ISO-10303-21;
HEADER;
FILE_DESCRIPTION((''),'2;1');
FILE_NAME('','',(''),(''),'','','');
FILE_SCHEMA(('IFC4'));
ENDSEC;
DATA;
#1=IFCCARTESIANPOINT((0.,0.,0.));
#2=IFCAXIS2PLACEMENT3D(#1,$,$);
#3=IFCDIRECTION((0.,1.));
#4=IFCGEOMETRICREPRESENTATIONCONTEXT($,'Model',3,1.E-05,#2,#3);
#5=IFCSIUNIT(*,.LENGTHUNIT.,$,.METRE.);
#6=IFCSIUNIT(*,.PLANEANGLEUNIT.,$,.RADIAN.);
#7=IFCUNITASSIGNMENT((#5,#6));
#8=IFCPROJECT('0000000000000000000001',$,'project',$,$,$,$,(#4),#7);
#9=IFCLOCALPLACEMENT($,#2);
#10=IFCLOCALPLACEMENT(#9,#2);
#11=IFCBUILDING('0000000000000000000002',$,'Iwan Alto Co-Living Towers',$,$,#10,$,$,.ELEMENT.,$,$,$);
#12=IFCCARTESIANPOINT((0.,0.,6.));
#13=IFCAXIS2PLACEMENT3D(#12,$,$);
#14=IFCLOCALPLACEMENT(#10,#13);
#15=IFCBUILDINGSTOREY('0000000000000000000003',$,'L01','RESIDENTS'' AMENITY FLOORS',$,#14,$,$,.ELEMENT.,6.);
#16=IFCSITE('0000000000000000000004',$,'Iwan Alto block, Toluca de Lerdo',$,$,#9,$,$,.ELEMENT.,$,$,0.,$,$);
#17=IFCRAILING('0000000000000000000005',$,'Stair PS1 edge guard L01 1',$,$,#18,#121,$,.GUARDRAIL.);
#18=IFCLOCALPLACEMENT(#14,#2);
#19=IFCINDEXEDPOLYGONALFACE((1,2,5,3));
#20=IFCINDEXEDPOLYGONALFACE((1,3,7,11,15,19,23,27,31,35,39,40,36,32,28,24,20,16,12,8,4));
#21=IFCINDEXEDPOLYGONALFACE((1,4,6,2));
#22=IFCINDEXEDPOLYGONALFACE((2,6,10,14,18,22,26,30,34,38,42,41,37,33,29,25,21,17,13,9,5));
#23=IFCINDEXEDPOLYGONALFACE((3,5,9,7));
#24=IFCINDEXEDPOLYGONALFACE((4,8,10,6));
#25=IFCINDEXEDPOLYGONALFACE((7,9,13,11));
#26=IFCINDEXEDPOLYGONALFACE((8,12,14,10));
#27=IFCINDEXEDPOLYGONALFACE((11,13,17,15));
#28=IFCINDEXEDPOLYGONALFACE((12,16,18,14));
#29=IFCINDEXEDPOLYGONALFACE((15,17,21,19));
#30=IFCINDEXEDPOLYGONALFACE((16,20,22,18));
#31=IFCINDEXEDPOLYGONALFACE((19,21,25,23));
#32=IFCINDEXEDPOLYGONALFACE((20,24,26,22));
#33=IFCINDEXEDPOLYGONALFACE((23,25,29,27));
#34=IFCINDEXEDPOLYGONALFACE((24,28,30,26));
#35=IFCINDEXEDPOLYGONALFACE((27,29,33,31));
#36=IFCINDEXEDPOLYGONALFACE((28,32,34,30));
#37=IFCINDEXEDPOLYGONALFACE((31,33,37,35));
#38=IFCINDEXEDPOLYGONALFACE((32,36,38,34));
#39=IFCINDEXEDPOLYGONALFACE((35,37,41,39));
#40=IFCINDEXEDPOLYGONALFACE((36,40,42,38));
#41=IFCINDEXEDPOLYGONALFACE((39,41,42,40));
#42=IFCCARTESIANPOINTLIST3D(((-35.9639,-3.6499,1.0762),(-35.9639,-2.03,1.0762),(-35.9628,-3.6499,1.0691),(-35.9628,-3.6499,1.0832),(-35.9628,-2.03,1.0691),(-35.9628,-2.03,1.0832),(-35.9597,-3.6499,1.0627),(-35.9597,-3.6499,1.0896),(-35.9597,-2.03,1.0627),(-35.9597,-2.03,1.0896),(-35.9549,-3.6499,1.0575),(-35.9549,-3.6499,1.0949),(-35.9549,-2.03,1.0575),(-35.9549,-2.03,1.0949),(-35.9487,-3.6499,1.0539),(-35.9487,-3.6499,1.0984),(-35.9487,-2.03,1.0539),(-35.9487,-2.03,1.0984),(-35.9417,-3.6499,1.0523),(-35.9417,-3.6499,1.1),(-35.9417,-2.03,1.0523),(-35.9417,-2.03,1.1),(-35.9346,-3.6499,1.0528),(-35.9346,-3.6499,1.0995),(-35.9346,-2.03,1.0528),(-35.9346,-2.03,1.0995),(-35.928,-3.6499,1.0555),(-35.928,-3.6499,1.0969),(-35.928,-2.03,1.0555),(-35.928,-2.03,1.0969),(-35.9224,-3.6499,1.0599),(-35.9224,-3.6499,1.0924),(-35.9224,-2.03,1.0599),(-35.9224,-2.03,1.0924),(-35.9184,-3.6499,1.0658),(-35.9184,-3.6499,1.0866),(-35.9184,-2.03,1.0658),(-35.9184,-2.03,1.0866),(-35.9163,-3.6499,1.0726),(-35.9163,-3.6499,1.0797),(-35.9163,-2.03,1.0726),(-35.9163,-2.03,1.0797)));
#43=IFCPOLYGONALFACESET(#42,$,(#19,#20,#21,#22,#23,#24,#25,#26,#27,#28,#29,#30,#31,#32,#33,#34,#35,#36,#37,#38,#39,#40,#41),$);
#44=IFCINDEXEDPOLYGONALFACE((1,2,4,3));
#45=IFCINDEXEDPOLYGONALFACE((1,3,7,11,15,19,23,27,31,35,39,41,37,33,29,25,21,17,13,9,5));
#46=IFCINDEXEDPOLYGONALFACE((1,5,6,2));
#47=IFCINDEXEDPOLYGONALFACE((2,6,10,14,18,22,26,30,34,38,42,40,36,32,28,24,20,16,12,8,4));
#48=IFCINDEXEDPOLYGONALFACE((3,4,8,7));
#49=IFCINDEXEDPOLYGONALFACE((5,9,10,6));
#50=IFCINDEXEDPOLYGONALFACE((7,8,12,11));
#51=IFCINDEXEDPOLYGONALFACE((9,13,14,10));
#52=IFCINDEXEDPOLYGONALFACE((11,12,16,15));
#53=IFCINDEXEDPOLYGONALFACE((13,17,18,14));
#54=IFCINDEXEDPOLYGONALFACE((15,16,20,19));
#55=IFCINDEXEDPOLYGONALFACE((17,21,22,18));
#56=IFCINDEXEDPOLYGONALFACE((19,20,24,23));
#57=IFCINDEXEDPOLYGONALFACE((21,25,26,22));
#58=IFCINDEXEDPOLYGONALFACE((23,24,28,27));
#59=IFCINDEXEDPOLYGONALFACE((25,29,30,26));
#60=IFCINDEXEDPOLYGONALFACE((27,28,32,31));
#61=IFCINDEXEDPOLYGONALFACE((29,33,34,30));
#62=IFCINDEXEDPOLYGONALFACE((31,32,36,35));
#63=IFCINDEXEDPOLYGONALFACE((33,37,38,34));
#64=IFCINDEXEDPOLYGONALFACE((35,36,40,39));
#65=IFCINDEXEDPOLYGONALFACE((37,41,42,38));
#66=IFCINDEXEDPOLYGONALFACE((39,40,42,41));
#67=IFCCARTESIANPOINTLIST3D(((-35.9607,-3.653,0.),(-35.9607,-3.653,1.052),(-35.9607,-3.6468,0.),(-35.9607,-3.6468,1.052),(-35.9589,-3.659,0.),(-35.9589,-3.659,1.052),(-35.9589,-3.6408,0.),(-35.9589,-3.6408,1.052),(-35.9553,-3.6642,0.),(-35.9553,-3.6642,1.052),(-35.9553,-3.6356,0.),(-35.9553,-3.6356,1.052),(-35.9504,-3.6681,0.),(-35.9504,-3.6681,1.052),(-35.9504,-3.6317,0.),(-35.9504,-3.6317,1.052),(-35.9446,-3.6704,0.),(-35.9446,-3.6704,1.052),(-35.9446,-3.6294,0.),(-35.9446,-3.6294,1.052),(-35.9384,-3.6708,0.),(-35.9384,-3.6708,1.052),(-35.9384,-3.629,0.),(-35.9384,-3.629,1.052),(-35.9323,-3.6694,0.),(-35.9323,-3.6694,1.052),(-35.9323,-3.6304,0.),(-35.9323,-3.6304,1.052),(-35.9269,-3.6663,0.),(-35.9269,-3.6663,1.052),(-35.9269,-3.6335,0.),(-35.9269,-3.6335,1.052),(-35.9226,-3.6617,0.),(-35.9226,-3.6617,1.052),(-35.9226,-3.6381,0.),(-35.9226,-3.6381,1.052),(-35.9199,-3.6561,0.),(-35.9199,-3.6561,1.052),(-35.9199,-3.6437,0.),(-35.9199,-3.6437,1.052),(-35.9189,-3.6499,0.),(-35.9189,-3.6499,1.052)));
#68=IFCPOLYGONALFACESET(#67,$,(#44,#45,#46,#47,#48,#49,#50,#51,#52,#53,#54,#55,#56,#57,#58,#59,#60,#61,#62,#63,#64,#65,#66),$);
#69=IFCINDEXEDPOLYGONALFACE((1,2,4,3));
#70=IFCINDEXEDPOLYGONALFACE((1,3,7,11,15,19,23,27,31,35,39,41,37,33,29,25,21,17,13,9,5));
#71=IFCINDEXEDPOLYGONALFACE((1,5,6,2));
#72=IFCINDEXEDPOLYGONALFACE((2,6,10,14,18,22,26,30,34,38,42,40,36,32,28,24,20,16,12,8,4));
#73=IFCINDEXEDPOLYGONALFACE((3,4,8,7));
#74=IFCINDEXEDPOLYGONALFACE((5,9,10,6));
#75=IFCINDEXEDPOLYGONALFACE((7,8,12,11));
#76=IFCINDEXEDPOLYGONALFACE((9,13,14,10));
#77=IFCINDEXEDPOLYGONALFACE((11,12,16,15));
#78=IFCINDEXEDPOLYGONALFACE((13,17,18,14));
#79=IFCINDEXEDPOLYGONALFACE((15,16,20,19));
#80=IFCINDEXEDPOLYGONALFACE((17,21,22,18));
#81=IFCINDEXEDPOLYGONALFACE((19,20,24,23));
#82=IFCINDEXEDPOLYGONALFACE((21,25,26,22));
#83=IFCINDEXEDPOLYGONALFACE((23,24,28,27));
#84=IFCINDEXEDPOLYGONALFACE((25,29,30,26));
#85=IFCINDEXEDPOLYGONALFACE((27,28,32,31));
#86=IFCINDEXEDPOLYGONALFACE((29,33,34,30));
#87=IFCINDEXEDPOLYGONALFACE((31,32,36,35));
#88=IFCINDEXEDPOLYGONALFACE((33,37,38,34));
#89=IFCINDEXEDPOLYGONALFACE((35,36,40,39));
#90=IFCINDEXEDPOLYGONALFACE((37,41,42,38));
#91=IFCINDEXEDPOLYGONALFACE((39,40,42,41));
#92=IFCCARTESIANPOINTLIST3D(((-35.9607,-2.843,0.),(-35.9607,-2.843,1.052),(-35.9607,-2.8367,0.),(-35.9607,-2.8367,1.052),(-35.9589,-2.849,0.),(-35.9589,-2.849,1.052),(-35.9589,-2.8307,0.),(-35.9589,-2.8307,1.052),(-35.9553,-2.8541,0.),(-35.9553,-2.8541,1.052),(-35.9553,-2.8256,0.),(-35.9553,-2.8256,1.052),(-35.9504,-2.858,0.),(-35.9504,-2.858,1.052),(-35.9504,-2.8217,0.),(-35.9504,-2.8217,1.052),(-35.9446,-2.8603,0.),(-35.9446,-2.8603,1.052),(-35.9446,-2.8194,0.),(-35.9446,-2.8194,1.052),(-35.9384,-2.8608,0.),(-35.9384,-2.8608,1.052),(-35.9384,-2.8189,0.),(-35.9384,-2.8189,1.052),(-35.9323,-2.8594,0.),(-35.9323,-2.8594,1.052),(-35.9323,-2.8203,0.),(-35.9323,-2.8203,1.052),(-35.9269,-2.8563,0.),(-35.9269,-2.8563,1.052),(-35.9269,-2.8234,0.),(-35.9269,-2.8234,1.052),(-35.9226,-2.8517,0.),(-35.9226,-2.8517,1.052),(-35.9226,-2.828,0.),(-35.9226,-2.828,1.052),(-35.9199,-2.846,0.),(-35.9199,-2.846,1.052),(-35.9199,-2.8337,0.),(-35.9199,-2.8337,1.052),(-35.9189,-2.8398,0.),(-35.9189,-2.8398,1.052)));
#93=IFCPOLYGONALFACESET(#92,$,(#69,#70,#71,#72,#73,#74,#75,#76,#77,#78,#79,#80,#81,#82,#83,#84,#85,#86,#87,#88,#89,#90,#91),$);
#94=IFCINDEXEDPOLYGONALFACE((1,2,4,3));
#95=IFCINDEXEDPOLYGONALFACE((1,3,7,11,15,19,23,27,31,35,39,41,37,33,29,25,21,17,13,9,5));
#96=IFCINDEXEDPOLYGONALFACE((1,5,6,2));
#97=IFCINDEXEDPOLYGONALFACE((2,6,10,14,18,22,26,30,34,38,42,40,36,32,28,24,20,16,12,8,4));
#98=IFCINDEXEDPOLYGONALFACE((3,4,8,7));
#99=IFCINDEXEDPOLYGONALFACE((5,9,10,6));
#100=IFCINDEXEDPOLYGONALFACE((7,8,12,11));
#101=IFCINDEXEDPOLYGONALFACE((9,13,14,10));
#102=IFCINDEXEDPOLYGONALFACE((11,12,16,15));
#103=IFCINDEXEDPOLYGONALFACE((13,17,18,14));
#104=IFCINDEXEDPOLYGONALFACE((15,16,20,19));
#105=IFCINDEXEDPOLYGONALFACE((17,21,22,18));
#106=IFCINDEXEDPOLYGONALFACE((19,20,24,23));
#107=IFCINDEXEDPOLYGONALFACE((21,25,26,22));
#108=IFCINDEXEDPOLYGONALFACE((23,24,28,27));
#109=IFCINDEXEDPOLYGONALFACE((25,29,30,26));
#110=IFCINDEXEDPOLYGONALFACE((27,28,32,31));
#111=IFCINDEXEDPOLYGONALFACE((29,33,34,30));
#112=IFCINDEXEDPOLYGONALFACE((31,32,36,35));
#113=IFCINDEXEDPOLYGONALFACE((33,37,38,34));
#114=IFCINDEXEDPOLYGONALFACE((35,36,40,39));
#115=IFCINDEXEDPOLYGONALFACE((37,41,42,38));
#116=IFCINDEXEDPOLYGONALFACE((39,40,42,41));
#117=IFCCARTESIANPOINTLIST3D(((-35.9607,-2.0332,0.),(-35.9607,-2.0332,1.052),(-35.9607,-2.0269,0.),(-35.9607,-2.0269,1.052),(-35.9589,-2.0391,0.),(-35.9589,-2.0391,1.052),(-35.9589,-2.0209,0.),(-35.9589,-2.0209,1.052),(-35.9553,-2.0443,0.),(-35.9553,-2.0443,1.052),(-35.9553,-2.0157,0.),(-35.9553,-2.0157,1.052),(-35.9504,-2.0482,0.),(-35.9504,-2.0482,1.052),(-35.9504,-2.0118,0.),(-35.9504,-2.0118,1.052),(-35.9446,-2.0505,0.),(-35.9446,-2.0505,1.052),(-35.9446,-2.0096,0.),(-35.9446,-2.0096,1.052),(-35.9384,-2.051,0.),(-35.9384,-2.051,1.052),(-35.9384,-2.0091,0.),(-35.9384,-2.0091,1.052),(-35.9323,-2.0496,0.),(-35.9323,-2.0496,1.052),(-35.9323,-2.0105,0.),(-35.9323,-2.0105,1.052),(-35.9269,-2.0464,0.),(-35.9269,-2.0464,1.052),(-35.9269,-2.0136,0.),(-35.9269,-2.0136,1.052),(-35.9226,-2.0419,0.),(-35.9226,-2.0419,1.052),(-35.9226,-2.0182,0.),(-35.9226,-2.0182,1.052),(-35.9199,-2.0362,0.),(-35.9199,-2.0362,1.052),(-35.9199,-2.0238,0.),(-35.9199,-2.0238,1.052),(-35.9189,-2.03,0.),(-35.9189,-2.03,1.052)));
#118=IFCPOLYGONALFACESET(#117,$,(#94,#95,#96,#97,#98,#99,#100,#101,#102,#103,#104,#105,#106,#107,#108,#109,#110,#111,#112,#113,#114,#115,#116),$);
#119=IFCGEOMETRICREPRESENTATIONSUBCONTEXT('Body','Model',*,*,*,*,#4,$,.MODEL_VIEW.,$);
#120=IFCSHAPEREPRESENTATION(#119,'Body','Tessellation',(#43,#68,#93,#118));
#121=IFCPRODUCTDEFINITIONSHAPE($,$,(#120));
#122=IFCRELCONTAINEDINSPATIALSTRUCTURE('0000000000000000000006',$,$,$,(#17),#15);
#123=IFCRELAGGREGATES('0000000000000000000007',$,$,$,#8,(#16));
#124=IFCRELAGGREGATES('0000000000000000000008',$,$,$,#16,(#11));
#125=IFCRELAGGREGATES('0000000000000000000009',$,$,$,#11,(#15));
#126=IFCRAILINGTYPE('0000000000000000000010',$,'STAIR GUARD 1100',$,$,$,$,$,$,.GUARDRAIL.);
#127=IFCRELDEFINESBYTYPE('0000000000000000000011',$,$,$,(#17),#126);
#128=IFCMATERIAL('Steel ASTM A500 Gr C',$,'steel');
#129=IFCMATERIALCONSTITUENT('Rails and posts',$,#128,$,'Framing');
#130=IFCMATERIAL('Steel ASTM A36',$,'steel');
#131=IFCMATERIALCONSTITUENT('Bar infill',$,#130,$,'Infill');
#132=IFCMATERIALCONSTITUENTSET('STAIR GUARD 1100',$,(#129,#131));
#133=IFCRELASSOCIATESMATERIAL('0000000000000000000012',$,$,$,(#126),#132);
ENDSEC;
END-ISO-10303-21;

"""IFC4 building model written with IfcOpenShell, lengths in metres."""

from ifc_helpers import new_model, si_unit, direction, frame, origin, origin_2d, place, context, subcontext, project, spatial, circle, extrude, material, constituent, constituent_set, type_object, element, save


model = new_model("IFC4")

# Units and contexts
model_context = context("Model", 3, precision=1e-05, world=origin(), true_north=direction((0.0, 1.0)))
body_context = subcontext(model_context, "Body", "Model", "MODEL_VIEW")
ifc_project = project(units=[si_unit("LENGTHUNIT", "METRE"), si_unit("PLANEANGLEUNIT", "RADIAN")], contexts=[model_context])

# Site, building, storey
site_placement = place(None, origin())
site = spatial("IfcSite", under=ifc_project, at=site_placement, Name="Iwan Alto block, Toluca de Lerdo", CompositionType="ELEMENT", RefElevation=0.0)
building_placement = place(site_placement, origin())
building = spatial("IfcBuilding", under=site, at=building_placement, Name="Iwan Alto Co-Living Towers", CompositionType="ELEMENT")
storey_placement = place(building_placement, frame((0.0, 0.0, 6.0)))
storey = spatial("IfcBuildingStorey", under=building, at=storey_placement, Name="L01", Description="RESIDENTS' AMENITY FLOORS", CompositionType="ELEMENT", Elevation=6.0)

# Shared definitions
ifc_material_1 = material(Name="Steel ASTM A36", Category="steel")

# Railing
ifc_material_2 = material(Name="Steel ASTM A500 Gr C", Category="steel")
ifc_constituent_1 = constituent(ifc_material_2, Name="Rails and posts", Category="Framing")
ifc_constituent_2 = constituent(ifc_material_1, Name="Bar infill", Category="Infill")
ifc_constituent_set_1 = constituent_set(constituents=[ifc_constituent_1, ifc_constituent_2], Name="STAIR GUARD 1100")
railing_type_1 = type_object("IfcRailingType", Name="STAIR GUARD 1100", PredefinedType="GUARDRAIL", material=ifc_constituent_set_1)
railing_1_placement = place(storey_placement, frame((-35.9399, -3.6499, 0.0)))
element("IfcRailing", 1, at=railing_1_placement, inside=storey, type_object=railing_type_1, Name="Stair PS1 edge guard L01 1", PredefinedType="GUARDRAIL", context=body_context, shape_type="SweptSolid", body=[
    extrude(circle(Radius=0.0239, at=origin_2d()), frame((0.0, 0.0, 1.0762), z_axis=(0.0, 1.0, 0.0), x_axis=(-1.0, 0.0, 0.0)), (0.0, 0.0, 1.0), 1.6199),
    extrude(circle(Radius=0.021, at=origin_2d()), origin(), (0.0, 0.0, 1.0), 1.052),
    extrude(circle(Radius=0.021, at=origin_2d()), frame((0.0, 0.8101, 0.0)), (0.0, 0.0, 1.0), 1.052),
    extrude(circle(Radius=0.021, at=origin_2d()), frame((0.0, 1.6199, 0.0)), (0.0, 0.0, 1.0), 1.052),
])

save(model, "model.ifc")
